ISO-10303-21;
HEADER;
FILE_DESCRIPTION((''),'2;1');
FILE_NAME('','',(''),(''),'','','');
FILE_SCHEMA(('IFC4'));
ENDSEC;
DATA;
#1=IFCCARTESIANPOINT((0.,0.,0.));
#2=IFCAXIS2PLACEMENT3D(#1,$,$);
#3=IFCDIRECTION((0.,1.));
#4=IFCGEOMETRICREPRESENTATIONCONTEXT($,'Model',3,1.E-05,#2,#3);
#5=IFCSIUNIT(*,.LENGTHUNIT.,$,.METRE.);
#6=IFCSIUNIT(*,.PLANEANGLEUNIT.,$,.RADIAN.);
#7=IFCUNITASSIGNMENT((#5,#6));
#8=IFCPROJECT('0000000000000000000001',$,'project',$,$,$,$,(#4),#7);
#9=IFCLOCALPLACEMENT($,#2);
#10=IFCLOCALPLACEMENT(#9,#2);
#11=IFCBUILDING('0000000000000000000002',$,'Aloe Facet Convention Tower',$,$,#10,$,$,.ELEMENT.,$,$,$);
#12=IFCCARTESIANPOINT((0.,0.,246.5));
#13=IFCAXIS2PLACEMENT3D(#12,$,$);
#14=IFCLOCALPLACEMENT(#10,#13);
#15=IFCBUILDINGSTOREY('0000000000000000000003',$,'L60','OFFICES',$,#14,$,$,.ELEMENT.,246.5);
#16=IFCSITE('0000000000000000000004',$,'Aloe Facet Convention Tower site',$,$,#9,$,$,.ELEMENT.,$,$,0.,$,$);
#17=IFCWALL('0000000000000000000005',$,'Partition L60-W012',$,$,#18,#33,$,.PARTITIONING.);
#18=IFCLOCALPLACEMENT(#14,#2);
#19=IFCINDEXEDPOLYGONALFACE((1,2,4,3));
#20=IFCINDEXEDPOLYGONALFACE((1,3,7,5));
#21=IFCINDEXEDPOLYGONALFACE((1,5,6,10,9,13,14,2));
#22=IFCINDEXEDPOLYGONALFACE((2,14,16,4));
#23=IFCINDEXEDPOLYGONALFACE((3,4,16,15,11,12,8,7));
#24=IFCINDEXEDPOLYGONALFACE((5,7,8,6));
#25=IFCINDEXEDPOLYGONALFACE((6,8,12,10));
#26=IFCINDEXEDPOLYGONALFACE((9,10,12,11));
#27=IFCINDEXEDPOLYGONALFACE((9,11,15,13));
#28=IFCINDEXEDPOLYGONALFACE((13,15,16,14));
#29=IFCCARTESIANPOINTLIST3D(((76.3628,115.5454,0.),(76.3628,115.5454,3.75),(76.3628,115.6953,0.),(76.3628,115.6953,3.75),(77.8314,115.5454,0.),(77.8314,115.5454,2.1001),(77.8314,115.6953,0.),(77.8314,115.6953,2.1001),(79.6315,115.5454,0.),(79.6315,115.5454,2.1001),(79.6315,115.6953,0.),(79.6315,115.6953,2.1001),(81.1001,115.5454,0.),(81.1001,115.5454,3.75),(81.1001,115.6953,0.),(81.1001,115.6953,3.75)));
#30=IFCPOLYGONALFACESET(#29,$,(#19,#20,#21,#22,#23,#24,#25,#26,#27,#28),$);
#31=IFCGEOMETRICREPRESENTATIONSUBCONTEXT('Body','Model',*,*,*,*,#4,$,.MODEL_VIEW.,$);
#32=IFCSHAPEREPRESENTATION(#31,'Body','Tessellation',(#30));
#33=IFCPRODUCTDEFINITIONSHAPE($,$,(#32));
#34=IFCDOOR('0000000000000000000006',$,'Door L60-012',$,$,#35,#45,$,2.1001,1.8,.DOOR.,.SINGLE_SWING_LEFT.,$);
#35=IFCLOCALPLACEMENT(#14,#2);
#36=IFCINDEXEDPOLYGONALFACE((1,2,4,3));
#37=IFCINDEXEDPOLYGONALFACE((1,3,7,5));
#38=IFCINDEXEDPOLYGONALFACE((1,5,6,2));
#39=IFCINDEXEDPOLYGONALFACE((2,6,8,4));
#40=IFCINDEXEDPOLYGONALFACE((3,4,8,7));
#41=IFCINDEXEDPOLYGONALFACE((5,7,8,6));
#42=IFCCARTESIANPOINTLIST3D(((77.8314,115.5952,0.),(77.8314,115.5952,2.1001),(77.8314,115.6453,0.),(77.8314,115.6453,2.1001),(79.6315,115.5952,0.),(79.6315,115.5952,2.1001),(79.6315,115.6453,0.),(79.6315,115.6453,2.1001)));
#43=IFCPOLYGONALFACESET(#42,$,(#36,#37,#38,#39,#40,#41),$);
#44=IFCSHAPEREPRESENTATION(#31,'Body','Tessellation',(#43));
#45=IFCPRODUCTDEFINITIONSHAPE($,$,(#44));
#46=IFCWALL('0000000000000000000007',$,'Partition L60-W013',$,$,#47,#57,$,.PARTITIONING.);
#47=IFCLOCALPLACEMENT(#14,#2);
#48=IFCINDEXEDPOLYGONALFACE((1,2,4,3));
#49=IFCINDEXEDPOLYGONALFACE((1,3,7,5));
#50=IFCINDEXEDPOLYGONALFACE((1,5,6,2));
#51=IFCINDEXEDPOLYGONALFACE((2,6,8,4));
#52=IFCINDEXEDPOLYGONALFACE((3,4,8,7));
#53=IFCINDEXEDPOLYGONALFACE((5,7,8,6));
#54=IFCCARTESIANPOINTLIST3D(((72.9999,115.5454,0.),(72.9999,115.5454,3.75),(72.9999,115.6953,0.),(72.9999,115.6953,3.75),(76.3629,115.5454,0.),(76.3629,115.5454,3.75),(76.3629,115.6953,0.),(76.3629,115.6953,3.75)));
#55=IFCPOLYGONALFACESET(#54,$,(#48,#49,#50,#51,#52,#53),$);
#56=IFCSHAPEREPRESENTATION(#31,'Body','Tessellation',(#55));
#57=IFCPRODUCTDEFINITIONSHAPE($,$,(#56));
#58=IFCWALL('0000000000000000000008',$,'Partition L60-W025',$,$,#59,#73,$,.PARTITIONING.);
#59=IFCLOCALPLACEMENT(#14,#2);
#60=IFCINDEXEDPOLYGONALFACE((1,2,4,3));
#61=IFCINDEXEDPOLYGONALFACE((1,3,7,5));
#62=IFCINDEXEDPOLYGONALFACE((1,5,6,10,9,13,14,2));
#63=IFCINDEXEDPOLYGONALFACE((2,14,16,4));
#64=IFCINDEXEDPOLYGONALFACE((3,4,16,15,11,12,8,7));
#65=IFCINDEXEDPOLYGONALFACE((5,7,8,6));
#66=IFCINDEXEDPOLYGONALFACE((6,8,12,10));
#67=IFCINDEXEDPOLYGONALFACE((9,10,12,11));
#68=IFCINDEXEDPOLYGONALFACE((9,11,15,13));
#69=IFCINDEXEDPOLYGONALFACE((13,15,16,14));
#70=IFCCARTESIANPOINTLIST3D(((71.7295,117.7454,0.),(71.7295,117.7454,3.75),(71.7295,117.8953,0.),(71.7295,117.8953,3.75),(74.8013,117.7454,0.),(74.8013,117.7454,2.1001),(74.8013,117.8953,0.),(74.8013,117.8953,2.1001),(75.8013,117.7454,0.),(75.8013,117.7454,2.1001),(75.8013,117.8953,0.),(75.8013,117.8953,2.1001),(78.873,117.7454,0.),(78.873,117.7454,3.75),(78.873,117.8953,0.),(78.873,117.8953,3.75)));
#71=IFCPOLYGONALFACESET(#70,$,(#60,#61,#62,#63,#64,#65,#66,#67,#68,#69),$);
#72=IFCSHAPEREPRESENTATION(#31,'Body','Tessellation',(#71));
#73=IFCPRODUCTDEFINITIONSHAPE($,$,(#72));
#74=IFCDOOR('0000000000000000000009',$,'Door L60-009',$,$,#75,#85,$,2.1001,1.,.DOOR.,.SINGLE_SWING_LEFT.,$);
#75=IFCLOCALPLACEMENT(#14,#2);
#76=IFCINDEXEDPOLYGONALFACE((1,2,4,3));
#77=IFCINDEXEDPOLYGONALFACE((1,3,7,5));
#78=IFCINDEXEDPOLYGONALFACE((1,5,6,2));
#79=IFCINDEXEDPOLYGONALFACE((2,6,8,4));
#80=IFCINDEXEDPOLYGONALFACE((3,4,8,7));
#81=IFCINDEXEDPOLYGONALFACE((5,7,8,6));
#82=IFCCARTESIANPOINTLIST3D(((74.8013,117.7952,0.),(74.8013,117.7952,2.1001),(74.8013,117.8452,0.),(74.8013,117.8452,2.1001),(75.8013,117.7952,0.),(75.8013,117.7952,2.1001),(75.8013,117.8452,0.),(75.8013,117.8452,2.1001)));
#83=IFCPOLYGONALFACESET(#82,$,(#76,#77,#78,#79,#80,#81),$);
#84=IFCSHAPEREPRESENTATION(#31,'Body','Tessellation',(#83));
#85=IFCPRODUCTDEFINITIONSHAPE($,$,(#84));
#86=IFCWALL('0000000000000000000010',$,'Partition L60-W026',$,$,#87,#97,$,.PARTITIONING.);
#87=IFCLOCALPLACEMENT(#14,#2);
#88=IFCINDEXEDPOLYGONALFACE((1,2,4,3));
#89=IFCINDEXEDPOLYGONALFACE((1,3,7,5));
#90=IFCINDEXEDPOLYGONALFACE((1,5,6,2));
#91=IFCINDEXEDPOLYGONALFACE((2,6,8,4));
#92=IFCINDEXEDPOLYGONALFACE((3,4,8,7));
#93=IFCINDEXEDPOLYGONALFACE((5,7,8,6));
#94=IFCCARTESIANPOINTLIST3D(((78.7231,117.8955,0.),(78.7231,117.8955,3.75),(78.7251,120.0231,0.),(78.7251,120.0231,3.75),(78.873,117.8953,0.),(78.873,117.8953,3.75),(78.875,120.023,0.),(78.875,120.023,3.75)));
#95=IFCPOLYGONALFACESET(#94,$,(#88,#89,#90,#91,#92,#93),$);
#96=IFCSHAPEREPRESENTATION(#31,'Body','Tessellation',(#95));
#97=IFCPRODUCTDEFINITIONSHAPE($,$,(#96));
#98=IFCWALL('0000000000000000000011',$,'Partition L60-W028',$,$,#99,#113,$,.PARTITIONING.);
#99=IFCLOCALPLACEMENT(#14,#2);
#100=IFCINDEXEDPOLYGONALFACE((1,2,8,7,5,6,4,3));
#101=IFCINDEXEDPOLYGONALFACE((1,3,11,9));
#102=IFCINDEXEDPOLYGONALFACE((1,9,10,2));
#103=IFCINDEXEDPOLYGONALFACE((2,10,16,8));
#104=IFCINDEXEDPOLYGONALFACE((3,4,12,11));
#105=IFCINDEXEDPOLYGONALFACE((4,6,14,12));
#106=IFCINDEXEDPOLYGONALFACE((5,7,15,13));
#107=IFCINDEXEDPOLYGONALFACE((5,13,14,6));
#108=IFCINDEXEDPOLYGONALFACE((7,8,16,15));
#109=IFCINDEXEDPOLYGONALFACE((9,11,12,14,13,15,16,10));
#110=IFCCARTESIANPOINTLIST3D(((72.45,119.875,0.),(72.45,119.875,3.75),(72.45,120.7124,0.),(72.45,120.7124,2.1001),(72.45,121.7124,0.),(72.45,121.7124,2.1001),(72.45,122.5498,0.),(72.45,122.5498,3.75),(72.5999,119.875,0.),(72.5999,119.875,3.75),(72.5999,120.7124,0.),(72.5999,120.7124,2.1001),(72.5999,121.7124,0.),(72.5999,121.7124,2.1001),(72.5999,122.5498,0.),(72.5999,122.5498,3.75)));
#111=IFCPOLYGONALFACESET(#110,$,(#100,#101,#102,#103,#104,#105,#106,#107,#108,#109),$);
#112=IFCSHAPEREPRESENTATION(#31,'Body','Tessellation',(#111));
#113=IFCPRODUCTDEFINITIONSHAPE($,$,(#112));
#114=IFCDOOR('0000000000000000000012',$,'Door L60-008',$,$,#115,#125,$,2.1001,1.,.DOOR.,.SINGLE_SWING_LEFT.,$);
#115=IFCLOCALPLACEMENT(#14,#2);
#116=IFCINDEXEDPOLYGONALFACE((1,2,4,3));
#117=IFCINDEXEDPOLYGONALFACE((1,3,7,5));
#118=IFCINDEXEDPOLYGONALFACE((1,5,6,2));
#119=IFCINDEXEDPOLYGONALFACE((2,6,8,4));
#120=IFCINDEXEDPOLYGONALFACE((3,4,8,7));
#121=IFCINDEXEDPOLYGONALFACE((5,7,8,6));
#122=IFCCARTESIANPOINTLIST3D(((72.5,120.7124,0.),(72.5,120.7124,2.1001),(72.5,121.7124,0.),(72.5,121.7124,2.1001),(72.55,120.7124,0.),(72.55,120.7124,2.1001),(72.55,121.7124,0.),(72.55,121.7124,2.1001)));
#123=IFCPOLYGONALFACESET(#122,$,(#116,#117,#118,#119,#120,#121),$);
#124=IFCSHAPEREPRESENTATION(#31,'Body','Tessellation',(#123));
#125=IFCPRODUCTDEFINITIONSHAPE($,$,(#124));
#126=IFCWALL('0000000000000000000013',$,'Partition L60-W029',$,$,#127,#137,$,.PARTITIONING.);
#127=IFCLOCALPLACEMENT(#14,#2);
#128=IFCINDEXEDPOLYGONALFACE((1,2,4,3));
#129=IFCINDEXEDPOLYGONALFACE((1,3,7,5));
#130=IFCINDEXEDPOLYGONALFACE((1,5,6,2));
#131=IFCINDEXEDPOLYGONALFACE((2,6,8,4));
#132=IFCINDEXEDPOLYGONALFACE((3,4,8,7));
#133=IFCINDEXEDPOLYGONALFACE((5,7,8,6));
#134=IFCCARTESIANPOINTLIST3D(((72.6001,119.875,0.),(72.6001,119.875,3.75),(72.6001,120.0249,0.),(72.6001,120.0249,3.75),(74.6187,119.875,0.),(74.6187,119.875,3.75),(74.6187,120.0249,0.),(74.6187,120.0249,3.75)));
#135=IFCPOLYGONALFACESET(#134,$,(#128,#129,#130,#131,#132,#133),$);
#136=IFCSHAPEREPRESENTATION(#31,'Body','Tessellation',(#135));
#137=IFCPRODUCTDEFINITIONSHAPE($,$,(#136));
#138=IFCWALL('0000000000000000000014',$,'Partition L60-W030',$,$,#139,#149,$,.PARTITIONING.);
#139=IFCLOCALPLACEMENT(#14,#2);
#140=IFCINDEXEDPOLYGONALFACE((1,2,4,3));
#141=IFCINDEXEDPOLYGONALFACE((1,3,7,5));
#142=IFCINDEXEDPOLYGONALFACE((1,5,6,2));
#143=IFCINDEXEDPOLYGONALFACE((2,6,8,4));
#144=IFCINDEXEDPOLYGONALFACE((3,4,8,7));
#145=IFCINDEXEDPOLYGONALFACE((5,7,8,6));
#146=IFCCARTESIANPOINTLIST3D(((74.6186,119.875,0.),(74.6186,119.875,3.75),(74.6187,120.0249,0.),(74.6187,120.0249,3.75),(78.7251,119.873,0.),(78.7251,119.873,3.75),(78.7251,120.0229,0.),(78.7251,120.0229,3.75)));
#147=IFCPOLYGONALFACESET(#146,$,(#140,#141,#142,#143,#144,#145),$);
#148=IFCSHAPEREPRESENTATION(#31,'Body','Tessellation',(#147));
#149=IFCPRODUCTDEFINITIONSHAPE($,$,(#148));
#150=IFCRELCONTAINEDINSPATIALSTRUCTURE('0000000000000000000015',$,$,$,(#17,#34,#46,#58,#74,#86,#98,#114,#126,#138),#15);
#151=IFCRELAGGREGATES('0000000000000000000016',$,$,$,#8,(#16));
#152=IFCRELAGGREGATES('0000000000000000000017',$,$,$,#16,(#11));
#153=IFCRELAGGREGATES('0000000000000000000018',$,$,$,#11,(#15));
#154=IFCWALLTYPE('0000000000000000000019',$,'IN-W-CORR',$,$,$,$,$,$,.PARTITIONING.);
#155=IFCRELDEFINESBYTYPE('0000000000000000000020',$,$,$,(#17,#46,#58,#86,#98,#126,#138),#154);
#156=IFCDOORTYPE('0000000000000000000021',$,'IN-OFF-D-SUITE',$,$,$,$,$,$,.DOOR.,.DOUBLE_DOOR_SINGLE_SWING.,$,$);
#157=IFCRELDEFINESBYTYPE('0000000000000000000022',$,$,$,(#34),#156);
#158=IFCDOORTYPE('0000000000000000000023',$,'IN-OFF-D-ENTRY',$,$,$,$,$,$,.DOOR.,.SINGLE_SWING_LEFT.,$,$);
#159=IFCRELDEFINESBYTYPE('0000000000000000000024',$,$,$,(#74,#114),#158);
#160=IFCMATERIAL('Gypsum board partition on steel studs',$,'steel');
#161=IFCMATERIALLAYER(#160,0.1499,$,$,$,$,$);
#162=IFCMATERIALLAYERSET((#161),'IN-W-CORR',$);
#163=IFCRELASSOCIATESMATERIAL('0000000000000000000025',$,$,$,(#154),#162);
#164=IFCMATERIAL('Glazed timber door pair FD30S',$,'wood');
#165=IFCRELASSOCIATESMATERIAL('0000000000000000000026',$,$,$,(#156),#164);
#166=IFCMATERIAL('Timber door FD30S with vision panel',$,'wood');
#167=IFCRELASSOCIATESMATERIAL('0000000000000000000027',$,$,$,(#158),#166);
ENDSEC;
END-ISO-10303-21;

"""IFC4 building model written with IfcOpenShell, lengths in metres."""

from ifc_helpers import new_model, si_unit, direction, frame, frame_2d, origin, place, context, subcontext, project, spatial, rectangle, extrude, material, layer, layer_set, type_object, element, fill, save


model = new_model("IFC4")

# Units and contexts
model_context = context("Model", 3, precision=1e-05, world=origin(), true_north=direction((0.0, 1.0)))
body_context = subcontext(model_context, "Body", "Model", "MODEL_VIEW")
ifc_project = project(units=[si_unit("LENGTHUNIT", "METRE"), si_unit("PLANEANGLEUNIT", "RADIAN")], contexts=[model_context])

# Site, building, storey
site_placement = place(None, origin())
site = spatial("IfcSite", under=ifc_project, at=site_placement, Name="Aloe Facet Convention Tower site", CompositionType="ELEMENT", RefElevation=0.0)
building_placement = place(site_placement, origin())
building = spatial("IfcBuilding", under=site, at=building_placement, Name="Aloe Facet Convention Tower", CompositionType="ELEMENT")
storey_placement = place(building_placement, frame((0.0, 0.0, 246.5)))
storey = spatial("IfcBuildingStorey", under=building, at=storey_placement, Name="L60", Description="OFFICES", CompositionType="ELEMENT", Elevation=246.5)

# Shared definitions
ifc_material_1 = material(Name="Gypsum board partition on steel studs", Category="steel")
ifc_layer_1 = layer(ifc_material_1, 0.1499)
ifc_layer_set_1 = layer_set([ifc_layer_1], Name="IN-W-CORR")
wall_type_1 = type_object("IfcWallType", Name="IN-W-CORR", PredefinedType="PARTITIONING", material=ifc_layer_set_1)

# Wall, opening, door
wall_1_placement = place(storey_placement, frame((76.3628, 115.6204, 0.0), z_axis=(0.0, 0.0, 1.0), x_axis=(1.0, 0.0, 0.0)))
wall_1 = element("IfcWall", 1, at=wall_1_placement, inside=storey, type_object=wall_type_1, Name="Partition L60-W012", PredefinedType="PARTITIONING", context=body_context, shape_type="SweptSolid", body=[
    extrude(rectangle(XDim=4.7373, YDim=0.1499, at=frame_2d((2.3687, 0.0))), origin(), (0.0, 0.0, 1.0), 3.75),
])
opening_1_placement = place(wall_1_placement, frame((1.4688, 0.0, 0.0)))
opening_1 = element("IfcOpeningElement", 2, at=opening_1_placement, cuts=wall_1, PredefinedType="OPENING", context=body_context, shape_type="SweptSolid", body=[
    extrude(rectangle(XDim=1.8, YDim=2.1001, at=frame_2d((0.8999, 1.05))), frame((0.0, 0.085, 0.0), z_axis=(0.0, -1.0, 0.0), x_axis=(1.0, 0.0, 0.0)), (0.0, 0.0, 1.0), 0.1699),
])
ifc_material_2 = material(Name="Glazed timber door pair FD30S", Category="wood")
door_type_1 = type_object("IfcDoorType", Name="IN-OFF-D-SUITE", OperationType="DOUBLE_DOOR_SINGLE_SWING", PredefinedType="DOOR", material=ifc_material_2)
door_1_placement = place(opening_1_placement, origin())
door_1 = element("IfcDoor", 3, at=door_1_placement, inside=storey, type_object=door_type_1, Name="Door L60-012", OperationType="SINGLE_SWING_LEFT", OverallHeight=2.1001, OverallWidth=1.8, PredefinedType="DOOR", context=body_context, shape_type="SweptSolid", body=[
    extrude(rectangle(XDim=1.8, YDim=2.1001, at=frame_2d((0.8999, 1.05))), frame((0.0, 0.0249, 0.0), z_axis=(0.0, -1.0, 0.0), x_axis=(1.0, 0.0, 0.0)), (0.0, 0.0, 1.0), 0.05),
])
fill(opening_1, door_1)

# Wall
wall_2_placement = place(storey_placement, frame((72.9998, 115.6204, 0.0), z_axis=(0.0, 0.0, 1.0), x_axis=(1.0, 0.0, 0.0)))
element("IfcWall", 4, at=wall_2_placement, inside=storey, type_object=wall_type_1, Name="Partition L60-W013", PredefinedType="PARTITIONING", context=body_context, shape_type="SweptSolid", body=[
    extrude(rectangle(XDim=3.363, YDim=0.1499, at=frame_2d((1.6816, 0.0))), origin(), (0.0, 0.0, 1.0), 3.75),
])

# Wall, opening, door
wall_3_placement = place(storey_placement, frame((71.7295, 117.8203, 0.0), z_axis=(0.0, 0.0, 1.0), x_axis=(1.0, 0.0, 0.0)))
wall_3 = element("IfcWall", 5, at=wall_3_placement, inside=storey, type_object=wall_type_1, Name="Partition L60-W025", PredefinedType="PARTITIONING", context=body_context, shape_type="SweptSolid", body=[
    extrude(rectangle(XDim=7.1436, YDim=0.1499, at=frame_2d((3.5718, 0.0))), origin(), (0.0, 0.0, 1.0), 3.75),
])
opening_2_placement = place(wall_3_placement, frame((3.0718, 0.0, 0.0)))
opening_2 = element("IfcOpeningElement", 6, at=opening_2_placement, cuts=wall_3, PredefinedType="OPENING", context=body_context, shape_type="SweptSolid", body=[
    extrude(rectangle(XDim=1.0, YDim=2.1001, at=frame_2d((0.5, 1.05))), frame((0.0, 0.085, 0.0), z_axis=(0.0, -1.0, 0.0), x_axis=(1.0, 0.0, 0.0)), (0.0, 0.0, 1.0), 0.1699),
])
ifc_material_3 = material(Name="Timber door FD30S with vision panel", Category="wood")
door_type_2 = type_object("IfcDoorType", Name="IN-OFF-D-ENTRY", OperationType="SINGLE_SWING_LEFT", PredefinedType="DOOR", material=ifc_material_3)
door_2_placement = place(opening_2_placement, origin())
door_2 = element("IfcDoor", 7, at=door_2_placement, inside=storey, type_object=door_type_2, Name="Door L60-009", OperationType="SINGLE_SWING_LEFT", OverallHeight=2.1001, OverallWidth=1.0, PredefinedType="DOOR", context=body_context, shape_type="SweptSolid", body=[
    extrude(rectangle(XDim=1.0, YDim=2.1001, at=frame_2d((0.5, 1.05))), frame((0.0, 0.0249, 0.0), z_axis=(0.0, -1.0, 0.0), x_axis=(1.0, 0.0, 0.0)), (0.0, 0.0, 1.0), 0.05),
])
fill(opening_2, door_2)

# Wall
wall_4_placement = place(storey_placement, frame((78.7981, 117.8953, 0.0), z_axis=(0.0, 0.0, 1.0), x_axis=(0.000918, 1.0, 0.0)))
element("IfcWall", 8, at=wall_4_placement, inside=storey, type_object=wall_type_1, Name="Partition L60-W026", PredefinedType="PARTITIONING", context=body_context, shape_type="SweptSolid", body=[
    extrude(rectangle(XDim=2.1277, YDim=0.1499, at=frame_2d((1.064, 0.0))), origin(), (0.0, 0.0, 1.0), 3.75),
])

# Wall, opening, door
wall_5_placement = place(storey_placement, frame((72.5249, 119.875, 0.0), z_axis=(0.0, 0.0, 1.0), x_axis=(0.0, 1.0, 0.0)))
wall_5 = element("IfcWall", 9, at=wall_5_placement, inside=storey, type_object=wall_type_1, Name="Partition L60-W028", PredefinedType="PARTITIONING", context=body_context, shape_type="SweptSolid", body=[
    extrude(rectangle(XDim=2.6748, YDim=0.1499, at=frame_2d((1.3374, 0.0))), origin(), (0.0, 0.0, 1.0), 3.75),
])
opening_3_placement = place(wall_5_placement, frame((0.8374, 0.0, 0.0)))
opening_3 = element("IfcOpeningElement", 10, at=opening_3_placement, cuts=wall_5, PredefinedType="OPENING", context=body_context, shape_type="SweptSolid", body=[
    extrude(rectangle(XDim=1.0, YDim=2.1001, at=frame_2d((0.5, 1.05))), frame((0.0, 0.085, 0.0), z_axis=(0.0, -1.0, 0.0), x_axis=(1.0, 0.0, 0.0)), (0.0, 0.0, 1.0), 0.1699),
])
door_3_placement = place(opening_3_placement, origin())
door_3 = element("IfcDoor", 11, at=door_3_placement, inside=storey, type_object=door_type_2, Name="Door L60-008", OperationType="SINGLE_SWING_LEFT", OverallHeight=2.1001, OverallWidth=1.0, PredefinedType="DOOR", context=body_context, shape_type="SweptSolid", body=[
    extrude(rectangle(XDim=1.0, YDim=2.1001, at=frame_2d((0.5, 1.05))), frame((0.0, 0.0249, 0.0), z_axis=(0.0, -1.0, 0.0), x_axis=(1.0, 0.0, 0.0)), (0.0, 0.0, 1.0), 0.05),
])
fill(opening_3, door_3)

# Walls
wall_6_placement = place(storey_placement, frame((72.6001, 119.95, 0.0), z_axis=(0.0, 0.0, 1.0), x_axis=(1.0, 0.0, 0.0)))
element("IfcWall", 12, at=wall_6_placement, inside=storey, type_object=wall_type_1, Name="Partition L60-W029", PredefinedType="PARTITIONING", context=body_context, shape_type="SweptSolid", body=[
    extrude(rectangle(XDim=2.0186, YDim=0.1499, at=frame_2d((1.0093, 0.0))), origin(), (0.0, 0.0, 1.0), 3.75),
])
wall_7_placement = place(storey_placement, frame((74.6187, 119.95, 0.0), z_axis=(0.0, 0.0, 1.0), x_axis=(1.0, -0.000476, 0.0)))
element("IfcWall", 13, at=wall_7_placement, inside=storey, type_object=wall_type_1, Name="Partition L60-W030", PredefinedType="PARTITIONING", context=body_context, shape_type="SweptSolid", body=[
    extrude(rectangle(XDim=4.1064, YDim=0.1499, at=frame_2d((2.0532, 0.0))), origin(), (0.0, 0.0, 1.0), 3.75),
])

save(model, "model.ifc")
